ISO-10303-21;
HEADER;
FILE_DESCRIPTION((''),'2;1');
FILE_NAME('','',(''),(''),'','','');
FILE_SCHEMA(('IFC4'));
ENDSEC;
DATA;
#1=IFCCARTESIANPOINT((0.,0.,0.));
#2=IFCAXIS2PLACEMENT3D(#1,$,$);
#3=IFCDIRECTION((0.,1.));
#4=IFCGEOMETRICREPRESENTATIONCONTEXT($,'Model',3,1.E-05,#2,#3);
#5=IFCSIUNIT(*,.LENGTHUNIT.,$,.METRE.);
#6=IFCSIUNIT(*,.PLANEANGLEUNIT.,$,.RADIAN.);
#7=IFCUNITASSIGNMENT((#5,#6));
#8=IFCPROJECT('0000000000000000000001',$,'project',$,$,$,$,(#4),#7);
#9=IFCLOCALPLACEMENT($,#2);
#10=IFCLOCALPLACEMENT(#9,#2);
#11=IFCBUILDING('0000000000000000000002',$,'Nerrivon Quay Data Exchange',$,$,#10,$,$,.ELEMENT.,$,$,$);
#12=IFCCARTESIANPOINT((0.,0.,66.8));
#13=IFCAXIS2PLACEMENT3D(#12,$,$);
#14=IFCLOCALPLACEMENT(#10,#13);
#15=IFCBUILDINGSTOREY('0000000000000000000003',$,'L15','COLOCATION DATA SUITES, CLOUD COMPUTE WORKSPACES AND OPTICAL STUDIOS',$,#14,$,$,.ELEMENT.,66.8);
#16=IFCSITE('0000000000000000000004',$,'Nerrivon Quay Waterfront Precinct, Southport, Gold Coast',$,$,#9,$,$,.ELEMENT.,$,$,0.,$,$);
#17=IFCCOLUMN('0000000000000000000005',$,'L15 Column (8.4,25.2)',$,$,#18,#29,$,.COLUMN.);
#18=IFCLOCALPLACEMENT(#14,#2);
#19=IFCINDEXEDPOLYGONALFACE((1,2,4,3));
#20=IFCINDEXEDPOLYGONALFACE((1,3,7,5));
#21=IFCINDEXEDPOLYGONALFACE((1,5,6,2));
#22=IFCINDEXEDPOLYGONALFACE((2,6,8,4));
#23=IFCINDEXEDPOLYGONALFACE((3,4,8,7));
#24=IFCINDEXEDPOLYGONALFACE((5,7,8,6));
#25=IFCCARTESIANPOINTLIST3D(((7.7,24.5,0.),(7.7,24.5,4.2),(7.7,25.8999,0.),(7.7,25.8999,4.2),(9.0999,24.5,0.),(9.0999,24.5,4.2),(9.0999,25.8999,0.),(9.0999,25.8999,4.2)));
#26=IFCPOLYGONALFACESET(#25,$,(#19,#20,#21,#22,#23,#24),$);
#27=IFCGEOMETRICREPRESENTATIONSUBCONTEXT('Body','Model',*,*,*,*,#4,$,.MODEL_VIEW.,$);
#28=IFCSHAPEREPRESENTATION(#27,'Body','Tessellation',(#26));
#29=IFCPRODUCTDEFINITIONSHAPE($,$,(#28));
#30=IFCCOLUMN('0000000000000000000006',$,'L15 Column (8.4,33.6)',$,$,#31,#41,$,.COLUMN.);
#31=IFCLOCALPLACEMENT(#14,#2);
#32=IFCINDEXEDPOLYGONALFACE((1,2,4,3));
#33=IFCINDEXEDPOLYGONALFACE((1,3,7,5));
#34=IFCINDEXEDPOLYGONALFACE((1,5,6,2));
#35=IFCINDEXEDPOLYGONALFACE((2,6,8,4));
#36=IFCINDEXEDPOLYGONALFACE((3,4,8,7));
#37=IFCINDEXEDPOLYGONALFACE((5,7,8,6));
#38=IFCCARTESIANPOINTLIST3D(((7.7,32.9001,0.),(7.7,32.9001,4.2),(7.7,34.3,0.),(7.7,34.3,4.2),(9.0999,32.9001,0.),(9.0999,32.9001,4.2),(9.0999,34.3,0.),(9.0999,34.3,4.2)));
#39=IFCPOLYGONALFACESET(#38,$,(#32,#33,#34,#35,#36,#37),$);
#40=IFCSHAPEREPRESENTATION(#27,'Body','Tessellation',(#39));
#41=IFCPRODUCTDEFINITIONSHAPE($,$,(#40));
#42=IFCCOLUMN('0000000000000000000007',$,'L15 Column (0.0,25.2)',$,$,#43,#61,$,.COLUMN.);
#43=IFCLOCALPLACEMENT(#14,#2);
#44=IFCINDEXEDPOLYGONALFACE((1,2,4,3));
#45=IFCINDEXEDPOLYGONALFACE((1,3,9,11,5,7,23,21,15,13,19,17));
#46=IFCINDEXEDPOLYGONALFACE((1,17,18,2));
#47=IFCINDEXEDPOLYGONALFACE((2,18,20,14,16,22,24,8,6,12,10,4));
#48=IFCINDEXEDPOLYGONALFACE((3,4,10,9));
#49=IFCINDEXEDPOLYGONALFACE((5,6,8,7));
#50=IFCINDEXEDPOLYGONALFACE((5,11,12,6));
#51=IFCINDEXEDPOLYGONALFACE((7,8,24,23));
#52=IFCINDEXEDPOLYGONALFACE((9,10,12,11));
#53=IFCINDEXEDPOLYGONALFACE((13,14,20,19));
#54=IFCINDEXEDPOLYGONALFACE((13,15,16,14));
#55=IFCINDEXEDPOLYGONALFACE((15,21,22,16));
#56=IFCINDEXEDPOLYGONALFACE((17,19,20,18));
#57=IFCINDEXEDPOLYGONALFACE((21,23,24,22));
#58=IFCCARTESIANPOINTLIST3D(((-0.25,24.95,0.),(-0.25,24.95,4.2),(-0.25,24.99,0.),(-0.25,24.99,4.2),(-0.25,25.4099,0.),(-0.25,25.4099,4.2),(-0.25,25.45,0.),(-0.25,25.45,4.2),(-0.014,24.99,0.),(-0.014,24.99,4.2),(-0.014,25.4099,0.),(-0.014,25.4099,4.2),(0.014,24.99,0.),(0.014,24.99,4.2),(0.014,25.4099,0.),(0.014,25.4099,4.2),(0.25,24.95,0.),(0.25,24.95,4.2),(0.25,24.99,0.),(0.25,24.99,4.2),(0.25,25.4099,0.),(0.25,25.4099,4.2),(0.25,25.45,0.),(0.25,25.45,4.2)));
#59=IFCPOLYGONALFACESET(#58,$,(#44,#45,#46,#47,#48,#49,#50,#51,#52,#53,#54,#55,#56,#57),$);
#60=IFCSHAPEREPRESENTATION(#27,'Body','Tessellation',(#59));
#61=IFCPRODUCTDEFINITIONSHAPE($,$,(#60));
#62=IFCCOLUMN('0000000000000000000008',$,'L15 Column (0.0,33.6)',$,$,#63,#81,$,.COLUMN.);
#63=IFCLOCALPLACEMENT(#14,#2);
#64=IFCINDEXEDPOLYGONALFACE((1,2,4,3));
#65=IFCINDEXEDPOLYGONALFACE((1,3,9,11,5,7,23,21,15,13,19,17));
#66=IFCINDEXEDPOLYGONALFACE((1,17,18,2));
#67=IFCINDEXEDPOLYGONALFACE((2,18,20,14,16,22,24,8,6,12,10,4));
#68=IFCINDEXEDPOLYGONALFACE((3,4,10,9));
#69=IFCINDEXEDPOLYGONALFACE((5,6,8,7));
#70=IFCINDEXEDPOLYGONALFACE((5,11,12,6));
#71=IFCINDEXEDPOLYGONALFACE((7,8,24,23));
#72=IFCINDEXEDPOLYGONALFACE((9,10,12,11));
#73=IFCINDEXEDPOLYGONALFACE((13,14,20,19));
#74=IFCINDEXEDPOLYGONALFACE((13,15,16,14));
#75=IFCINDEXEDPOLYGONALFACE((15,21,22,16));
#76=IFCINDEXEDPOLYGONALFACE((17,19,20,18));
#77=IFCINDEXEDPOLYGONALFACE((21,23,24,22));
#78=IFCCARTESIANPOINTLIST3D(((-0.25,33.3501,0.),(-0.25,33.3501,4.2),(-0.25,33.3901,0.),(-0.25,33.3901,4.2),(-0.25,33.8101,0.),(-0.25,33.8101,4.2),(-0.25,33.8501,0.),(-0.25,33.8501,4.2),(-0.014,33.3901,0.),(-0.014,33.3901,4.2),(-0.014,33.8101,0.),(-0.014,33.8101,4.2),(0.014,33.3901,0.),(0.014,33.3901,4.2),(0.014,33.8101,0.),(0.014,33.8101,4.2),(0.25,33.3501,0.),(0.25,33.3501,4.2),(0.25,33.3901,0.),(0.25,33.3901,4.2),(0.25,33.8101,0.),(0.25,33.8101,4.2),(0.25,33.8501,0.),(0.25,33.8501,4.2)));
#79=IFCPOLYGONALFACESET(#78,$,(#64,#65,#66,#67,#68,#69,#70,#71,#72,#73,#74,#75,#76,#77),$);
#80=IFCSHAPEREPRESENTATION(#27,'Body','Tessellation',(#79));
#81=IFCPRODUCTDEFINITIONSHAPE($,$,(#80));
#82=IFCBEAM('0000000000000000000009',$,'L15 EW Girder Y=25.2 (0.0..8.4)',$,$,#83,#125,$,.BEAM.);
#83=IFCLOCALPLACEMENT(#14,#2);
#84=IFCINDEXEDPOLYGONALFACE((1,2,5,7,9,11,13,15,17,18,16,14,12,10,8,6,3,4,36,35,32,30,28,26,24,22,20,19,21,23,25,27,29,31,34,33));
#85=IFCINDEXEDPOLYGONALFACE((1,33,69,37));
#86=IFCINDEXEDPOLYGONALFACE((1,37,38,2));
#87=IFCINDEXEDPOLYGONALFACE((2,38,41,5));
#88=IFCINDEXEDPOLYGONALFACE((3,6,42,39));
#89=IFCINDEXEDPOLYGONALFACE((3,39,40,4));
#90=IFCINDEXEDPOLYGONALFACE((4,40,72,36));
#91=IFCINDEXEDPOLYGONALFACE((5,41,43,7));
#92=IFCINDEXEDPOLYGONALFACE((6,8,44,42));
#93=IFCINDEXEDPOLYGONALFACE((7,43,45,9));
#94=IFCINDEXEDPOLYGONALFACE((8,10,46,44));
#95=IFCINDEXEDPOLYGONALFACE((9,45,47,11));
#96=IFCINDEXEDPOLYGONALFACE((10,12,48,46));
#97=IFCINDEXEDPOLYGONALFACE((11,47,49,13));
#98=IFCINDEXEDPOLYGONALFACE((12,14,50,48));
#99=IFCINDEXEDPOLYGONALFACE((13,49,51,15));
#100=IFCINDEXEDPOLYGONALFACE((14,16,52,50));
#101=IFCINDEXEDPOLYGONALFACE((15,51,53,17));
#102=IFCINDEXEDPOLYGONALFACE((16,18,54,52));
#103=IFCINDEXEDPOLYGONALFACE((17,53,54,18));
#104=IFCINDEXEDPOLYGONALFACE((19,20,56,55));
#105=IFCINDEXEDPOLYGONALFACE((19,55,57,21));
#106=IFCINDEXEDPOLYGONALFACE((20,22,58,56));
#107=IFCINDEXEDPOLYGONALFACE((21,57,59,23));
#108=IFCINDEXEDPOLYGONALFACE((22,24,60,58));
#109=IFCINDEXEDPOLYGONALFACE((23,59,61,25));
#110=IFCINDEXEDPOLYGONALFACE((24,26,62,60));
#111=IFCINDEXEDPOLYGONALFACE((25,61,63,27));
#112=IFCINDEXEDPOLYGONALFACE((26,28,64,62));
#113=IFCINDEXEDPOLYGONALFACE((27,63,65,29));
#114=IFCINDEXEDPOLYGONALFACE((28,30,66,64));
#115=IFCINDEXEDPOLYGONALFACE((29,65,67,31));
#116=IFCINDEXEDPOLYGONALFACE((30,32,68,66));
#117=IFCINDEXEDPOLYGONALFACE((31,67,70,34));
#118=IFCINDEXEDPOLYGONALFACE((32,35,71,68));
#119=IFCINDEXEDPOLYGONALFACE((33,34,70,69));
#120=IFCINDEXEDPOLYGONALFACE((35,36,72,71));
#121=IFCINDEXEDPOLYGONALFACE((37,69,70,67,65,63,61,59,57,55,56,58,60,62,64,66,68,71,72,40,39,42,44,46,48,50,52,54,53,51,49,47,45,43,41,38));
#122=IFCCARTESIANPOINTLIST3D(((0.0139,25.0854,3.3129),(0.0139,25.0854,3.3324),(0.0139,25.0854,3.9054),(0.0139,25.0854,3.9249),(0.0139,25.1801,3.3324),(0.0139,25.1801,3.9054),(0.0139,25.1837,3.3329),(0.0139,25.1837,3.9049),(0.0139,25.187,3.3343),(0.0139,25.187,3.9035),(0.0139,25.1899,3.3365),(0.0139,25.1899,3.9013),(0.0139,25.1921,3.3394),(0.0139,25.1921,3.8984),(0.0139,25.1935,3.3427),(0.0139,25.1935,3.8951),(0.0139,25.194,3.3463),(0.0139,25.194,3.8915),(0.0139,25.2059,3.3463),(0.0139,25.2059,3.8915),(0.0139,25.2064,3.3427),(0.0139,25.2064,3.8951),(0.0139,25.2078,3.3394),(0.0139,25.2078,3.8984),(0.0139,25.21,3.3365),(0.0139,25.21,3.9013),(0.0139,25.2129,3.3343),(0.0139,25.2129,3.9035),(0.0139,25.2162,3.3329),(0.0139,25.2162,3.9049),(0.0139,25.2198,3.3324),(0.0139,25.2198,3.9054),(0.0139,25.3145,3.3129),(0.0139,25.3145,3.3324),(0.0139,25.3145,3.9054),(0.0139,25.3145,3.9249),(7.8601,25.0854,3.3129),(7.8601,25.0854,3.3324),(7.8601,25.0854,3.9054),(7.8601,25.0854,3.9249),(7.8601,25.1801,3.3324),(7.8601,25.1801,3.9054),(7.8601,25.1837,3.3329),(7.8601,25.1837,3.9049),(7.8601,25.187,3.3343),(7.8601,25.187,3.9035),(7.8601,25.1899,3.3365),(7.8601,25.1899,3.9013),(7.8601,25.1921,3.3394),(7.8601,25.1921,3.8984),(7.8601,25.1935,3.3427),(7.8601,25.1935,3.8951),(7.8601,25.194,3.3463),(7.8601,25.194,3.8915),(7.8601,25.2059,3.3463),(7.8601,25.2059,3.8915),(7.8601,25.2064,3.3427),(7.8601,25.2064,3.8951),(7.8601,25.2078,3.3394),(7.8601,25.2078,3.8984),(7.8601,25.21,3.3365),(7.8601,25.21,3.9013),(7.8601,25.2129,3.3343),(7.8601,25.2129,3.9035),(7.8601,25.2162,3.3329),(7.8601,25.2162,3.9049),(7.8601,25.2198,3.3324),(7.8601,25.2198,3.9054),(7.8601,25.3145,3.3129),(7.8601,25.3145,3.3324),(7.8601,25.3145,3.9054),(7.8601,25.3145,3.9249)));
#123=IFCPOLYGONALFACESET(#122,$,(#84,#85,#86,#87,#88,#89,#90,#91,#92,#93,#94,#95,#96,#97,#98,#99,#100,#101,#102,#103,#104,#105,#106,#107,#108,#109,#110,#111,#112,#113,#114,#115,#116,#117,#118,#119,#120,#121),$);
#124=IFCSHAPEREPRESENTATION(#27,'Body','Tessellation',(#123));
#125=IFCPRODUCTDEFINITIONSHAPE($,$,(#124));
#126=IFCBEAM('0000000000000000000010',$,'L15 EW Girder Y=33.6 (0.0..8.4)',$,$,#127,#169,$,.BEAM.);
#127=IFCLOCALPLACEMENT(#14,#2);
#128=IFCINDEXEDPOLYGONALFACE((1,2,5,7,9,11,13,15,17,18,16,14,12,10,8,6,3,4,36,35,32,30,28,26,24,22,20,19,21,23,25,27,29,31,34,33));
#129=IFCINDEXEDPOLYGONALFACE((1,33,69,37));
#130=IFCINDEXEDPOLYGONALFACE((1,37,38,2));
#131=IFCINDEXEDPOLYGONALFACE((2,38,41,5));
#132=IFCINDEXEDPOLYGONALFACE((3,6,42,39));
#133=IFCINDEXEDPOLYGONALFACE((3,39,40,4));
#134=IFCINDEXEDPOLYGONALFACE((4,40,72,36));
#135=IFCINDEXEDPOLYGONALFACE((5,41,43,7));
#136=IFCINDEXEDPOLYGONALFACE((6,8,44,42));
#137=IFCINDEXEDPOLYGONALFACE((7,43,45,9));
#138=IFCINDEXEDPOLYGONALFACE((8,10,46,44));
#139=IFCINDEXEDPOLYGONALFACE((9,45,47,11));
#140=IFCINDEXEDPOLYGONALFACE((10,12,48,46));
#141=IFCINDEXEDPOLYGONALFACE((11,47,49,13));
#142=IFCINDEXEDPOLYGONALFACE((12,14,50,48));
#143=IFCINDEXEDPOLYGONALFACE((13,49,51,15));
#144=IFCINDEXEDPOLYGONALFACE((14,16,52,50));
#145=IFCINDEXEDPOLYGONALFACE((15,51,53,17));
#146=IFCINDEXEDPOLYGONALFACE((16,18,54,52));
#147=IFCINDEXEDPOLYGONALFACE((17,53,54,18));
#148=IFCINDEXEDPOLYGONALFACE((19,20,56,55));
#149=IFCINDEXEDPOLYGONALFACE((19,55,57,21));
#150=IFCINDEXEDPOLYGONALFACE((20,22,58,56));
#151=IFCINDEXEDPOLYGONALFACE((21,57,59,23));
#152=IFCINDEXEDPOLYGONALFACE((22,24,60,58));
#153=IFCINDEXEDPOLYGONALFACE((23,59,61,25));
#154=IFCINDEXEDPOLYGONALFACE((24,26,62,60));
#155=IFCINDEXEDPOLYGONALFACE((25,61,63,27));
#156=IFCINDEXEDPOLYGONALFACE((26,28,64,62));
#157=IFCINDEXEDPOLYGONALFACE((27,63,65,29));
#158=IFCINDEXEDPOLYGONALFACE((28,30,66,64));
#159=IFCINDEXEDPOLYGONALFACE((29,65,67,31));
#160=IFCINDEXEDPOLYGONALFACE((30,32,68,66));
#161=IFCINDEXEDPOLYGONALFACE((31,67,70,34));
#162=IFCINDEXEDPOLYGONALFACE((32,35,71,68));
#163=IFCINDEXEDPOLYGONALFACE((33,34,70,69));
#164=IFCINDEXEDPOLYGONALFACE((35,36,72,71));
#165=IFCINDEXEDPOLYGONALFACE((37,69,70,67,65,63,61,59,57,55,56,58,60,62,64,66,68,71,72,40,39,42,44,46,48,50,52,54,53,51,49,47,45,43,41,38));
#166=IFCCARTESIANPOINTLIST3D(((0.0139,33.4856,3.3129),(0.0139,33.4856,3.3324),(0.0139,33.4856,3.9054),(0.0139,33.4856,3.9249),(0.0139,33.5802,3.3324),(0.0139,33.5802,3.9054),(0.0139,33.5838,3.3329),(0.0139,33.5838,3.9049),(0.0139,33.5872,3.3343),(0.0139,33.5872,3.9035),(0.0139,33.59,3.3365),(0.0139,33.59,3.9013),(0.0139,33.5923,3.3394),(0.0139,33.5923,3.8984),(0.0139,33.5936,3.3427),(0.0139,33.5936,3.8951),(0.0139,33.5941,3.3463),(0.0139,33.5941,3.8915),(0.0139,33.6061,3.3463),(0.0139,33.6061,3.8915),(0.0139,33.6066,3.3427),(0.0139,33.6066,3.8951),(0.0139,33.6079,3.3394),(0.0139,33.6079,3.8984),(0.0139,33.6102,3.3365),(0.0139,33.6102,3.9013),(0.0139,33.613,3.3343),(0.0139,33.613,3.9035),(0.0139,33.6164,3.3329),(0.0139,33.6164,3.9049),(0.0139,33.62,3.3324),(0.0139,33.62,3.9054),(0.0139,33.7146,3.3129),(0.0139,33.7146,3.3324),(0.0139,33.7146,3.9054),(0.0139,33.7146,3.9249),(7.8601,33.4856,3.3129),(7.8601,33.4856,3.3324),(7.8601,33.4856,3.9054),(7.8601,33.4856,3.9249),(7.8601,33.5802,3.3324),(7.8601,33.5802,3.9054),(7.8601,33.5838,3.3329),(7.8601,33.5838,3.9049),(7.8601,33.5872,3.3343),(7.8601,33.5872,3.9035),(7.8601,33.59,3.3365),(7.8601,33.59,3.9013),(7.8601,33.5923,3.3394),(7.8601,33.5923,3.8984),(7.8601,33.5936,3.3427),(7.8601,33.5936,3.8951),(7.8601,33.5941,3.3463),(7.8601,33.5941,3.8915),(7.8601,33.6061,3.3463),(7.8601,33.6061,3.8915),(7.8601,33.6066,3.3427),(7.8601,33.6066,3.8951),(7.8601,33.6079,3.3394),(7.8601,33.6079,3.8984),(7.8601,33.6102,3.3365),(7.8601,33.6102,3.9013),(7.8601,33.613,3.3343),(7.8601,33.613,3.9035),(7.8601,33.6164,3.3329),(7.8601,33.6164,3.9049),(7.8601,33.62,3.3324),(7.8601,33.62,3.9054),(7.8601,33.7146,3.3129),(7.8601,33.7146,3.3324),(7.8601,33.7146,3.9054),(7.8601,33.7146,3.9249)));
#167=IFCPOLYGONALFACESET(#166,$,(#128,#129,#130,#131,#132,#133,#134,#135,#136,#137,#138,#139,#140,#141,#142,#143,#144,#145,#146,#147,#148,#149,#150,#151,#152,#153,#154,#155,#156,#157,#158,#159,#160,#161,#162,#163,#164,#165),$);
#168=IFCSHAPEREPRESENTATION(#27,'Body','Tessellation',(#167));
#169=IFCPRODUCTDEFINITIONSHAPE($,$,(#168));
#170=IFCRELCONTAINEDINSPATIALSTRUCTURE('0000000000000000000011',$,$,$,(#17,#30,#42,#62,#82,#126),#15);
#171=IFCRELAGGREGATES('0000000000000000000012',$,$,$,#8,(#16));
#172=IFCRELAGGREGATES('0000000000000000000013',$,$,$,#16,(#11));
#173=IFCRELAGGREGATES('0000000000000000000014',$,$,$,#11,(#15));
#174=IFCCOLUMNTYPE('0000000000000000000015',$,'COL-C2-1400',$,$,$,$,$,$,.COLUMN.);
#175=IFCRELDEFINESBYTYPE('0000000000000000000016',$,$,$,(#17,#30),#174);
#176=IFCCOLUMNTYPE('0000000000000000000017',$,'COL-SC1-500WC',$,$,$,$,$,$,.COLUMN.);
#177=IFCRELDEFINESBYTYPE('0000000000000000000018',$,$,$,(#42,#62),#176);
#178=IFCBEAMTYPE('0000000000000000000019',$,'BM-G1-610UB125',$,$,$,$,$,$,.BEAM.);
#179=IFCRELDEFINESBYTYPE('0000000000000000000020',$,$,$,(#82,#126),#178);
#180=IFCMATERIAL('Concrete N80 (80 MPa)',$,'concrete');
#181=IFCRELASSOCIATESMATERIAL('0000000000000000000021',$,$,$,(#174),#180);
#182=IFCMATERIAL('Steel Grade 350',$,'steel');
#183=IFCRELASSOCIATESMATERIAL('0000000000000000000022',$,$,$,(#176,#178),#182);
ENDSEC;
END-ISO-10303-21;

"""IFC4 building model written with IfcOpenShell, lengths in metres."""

from ifc_helpers import new_model, si_unit, direction, frame, origin, origin_2d, place, context, subcontext, project, spatial, rectangle, i_section, extrude, material, material_profile, profile_set, type_object, element, save


model = new_model("IFC4")

# Units and contexts
model_context = context("Model", 3, precision=1e-05, world=origin(), true_north=direction((0.0, 1.0)))
body_context = subcontext(model_context, "Body", "Model", "MODEL_VIEW")
ifc_project = project(units=[si_unit("LENGTHUNIT", "METRE"), si_unit("PLANEANGLEUNIT", "RADIAN")], contexts=[model_context])

# Site, building, storey
site_placement = place(None, origin())
site = spatial("IfcSite", under=ifc_project, at=site_placement, Name="Nerrivon Quay Waterfront Precinct, Southport, Gold Coast", CompositionType="ELEMENT", RefElevation=0.0)
building_placement = place(site_placement, origin())
building = spatial("IfcBuilding", under=site, at=building_placement, Name="Nerrivon Quay Data Exchange", CompositionType="ELEMENT")
storey_placement = place(building_placement, frame((0.0, 0.0, 66.8)))
storey = spatial("IfcBuildingStorey", under=building, at=storey_placement, Name="L15", Description="COLOCATION DATA SUITES, CLOUD COMPUTE WORKSPACES AND OPTICAL STUDIOS", CompositionType="ELEMENT", Elevation=66.8)

# Columns
ifc_material_1 = material(Name="Concrete N80 (80 MPa)", Category="concrete")
ifc_material_profile_1 = material_profile(ifc_material_1, rectangle(XDim=1.3999, YDim=1.3999, at=origin_2d()), Name="RC-COL-1400x1400")
ifc_profile_set_1 = profile_set([ifc_material_profile_1], Name="Concrete N80 (80 MPa)")
column_type_1 = type_object("IfcColumnType", Name="COL-C2-1400", PredefinedType="COLUMN", material=ifc_profile_set_1)
for number, where, z_axis, x_axis, name in (
    (1, (8.3999, 25.2, 0.0), (0.0, 0.0, 1.0), (1.0, 0.0, 0.0), "L15 Column (8.4,25.2)"),
    (2, (8.3999, 33.6001, 0.0), (0.0, 0.0, 1.0), (1.0, 0.0, 0.0), "L15 Column (8.4,33.6)"),
):
    element("IfcColumn", number, at=place(storey_placement, frame(where, z_axis=z_axis, x_axis=x_axis)), inside=storey, type_object=column_type_1, Name=name, PredefinedType="COLUMN", context=body_context, shape_type="SweptSolid", body=[
        extrude(rectangle(XDim=1.3999, YDim=1.3999, at=origin_2d()), origin(), (0.0, 0.0, 1.0), 4.2),
    ])
ifc_material_2 = material(Name="Steel Grade 350", Category="steel")
ifc_material_profile_2 = material_profile(ifc_material_2, i_section(OverallWidth=0.5, OverallDepth=0.5, WebThickness=0.0281, FlangeThickness=0.04, at=origin_2d()), Name="500WC440")
ifc_profile_set_2 = profile_set([ifc_material_profile_2], Name="Steel Grade 350")
column_type_2 = type_object("IfcColumnType", Name="COL-SC1-500WC", PredefinedType="COLUMN", material=ifc_profile_set_2)
for number, where, z_axis, x_axis, name in (
    (3, (0.0, 25.2, 0.0), (0.0, 0.0, 1.0), (1.0, 0.0, 0.0), "L15 Column (0.0,25.2)"),
    (4, (0.0, 33.6001, 0.0), (0.0, 0.0, 1.0), (1.0, 0.0, 0.0), "L15 Column (0.0,33.6)"),
):
    element("IfcColumn", number, at=place(storey_placement, frame(where, z_axis=z_axis, x_axis=x_axis)), inside=storey, type_object=column_type_2, Name=name, PredefinedType="COLUMN", context=body_context, shape_type="SweptSolid", body=[
        extrude(i_section(OverallWidth=0.5, OverallDepth=0.5, WebThickness=0.0281, FlangeThickness=0.04, at=origin_2d()), origin(), (0.0, 0.0, 1.0), 4.2),
    ])

# Beams
ifc_material_profile_3 = material_profile(ifc_material_2, i_section(OverallWidth=0.229, OverallDepth=0.6121, WebThickness=0.012, FlangeThickness=0.0195, FilletRadius=0.0139, at=origin_2d()), Name="610UB125")
ifc_profile_set_3 = profile_set([ifc_material_profile_3], Name="Steel Grade 350")
beam_type_1 = type_object("IfcBeamType", Name="BM-G1-610UB125", PredefinedType="BEAM", material=ifc_profile_set_3)
for number, where, z_axis, x_axis, name in (
    (5, (0.0139, 25.2, 3.6189), (1.0, 0.0, 0.0), (0.0, 1.0, 0.0), "L15 EW Girder Y=25.2 (0.0..8.4)"),
    (6, (0.0139, 33.6001, 3.6189), (1.0, 0.0, 0.0), (0.0, 1.0, 0.0), "L15 EW Girder Y=33.6 (0.0..8.4)"),
):
    element("IfcBeam", number, at=place(storey_placement, frame(where, z_axis=z_axis, x_axis=x_axis)), inside=storey, type_object=beam_type_1, Name=name, PredefinedType="BEAM", context=body_context, shape_type="SweptSolid", body=[
        extrude(i_section(OverallWidth=0.229, OverallDepth=0.6121, WebThickness=0.012, FlangeThickness=0.0195, FilletRadius=0.0139, at=origin_2d()), origin(), (0.0, 0.0, 1.0), 7.8462),
    ])

save(model, "model.ifc")
